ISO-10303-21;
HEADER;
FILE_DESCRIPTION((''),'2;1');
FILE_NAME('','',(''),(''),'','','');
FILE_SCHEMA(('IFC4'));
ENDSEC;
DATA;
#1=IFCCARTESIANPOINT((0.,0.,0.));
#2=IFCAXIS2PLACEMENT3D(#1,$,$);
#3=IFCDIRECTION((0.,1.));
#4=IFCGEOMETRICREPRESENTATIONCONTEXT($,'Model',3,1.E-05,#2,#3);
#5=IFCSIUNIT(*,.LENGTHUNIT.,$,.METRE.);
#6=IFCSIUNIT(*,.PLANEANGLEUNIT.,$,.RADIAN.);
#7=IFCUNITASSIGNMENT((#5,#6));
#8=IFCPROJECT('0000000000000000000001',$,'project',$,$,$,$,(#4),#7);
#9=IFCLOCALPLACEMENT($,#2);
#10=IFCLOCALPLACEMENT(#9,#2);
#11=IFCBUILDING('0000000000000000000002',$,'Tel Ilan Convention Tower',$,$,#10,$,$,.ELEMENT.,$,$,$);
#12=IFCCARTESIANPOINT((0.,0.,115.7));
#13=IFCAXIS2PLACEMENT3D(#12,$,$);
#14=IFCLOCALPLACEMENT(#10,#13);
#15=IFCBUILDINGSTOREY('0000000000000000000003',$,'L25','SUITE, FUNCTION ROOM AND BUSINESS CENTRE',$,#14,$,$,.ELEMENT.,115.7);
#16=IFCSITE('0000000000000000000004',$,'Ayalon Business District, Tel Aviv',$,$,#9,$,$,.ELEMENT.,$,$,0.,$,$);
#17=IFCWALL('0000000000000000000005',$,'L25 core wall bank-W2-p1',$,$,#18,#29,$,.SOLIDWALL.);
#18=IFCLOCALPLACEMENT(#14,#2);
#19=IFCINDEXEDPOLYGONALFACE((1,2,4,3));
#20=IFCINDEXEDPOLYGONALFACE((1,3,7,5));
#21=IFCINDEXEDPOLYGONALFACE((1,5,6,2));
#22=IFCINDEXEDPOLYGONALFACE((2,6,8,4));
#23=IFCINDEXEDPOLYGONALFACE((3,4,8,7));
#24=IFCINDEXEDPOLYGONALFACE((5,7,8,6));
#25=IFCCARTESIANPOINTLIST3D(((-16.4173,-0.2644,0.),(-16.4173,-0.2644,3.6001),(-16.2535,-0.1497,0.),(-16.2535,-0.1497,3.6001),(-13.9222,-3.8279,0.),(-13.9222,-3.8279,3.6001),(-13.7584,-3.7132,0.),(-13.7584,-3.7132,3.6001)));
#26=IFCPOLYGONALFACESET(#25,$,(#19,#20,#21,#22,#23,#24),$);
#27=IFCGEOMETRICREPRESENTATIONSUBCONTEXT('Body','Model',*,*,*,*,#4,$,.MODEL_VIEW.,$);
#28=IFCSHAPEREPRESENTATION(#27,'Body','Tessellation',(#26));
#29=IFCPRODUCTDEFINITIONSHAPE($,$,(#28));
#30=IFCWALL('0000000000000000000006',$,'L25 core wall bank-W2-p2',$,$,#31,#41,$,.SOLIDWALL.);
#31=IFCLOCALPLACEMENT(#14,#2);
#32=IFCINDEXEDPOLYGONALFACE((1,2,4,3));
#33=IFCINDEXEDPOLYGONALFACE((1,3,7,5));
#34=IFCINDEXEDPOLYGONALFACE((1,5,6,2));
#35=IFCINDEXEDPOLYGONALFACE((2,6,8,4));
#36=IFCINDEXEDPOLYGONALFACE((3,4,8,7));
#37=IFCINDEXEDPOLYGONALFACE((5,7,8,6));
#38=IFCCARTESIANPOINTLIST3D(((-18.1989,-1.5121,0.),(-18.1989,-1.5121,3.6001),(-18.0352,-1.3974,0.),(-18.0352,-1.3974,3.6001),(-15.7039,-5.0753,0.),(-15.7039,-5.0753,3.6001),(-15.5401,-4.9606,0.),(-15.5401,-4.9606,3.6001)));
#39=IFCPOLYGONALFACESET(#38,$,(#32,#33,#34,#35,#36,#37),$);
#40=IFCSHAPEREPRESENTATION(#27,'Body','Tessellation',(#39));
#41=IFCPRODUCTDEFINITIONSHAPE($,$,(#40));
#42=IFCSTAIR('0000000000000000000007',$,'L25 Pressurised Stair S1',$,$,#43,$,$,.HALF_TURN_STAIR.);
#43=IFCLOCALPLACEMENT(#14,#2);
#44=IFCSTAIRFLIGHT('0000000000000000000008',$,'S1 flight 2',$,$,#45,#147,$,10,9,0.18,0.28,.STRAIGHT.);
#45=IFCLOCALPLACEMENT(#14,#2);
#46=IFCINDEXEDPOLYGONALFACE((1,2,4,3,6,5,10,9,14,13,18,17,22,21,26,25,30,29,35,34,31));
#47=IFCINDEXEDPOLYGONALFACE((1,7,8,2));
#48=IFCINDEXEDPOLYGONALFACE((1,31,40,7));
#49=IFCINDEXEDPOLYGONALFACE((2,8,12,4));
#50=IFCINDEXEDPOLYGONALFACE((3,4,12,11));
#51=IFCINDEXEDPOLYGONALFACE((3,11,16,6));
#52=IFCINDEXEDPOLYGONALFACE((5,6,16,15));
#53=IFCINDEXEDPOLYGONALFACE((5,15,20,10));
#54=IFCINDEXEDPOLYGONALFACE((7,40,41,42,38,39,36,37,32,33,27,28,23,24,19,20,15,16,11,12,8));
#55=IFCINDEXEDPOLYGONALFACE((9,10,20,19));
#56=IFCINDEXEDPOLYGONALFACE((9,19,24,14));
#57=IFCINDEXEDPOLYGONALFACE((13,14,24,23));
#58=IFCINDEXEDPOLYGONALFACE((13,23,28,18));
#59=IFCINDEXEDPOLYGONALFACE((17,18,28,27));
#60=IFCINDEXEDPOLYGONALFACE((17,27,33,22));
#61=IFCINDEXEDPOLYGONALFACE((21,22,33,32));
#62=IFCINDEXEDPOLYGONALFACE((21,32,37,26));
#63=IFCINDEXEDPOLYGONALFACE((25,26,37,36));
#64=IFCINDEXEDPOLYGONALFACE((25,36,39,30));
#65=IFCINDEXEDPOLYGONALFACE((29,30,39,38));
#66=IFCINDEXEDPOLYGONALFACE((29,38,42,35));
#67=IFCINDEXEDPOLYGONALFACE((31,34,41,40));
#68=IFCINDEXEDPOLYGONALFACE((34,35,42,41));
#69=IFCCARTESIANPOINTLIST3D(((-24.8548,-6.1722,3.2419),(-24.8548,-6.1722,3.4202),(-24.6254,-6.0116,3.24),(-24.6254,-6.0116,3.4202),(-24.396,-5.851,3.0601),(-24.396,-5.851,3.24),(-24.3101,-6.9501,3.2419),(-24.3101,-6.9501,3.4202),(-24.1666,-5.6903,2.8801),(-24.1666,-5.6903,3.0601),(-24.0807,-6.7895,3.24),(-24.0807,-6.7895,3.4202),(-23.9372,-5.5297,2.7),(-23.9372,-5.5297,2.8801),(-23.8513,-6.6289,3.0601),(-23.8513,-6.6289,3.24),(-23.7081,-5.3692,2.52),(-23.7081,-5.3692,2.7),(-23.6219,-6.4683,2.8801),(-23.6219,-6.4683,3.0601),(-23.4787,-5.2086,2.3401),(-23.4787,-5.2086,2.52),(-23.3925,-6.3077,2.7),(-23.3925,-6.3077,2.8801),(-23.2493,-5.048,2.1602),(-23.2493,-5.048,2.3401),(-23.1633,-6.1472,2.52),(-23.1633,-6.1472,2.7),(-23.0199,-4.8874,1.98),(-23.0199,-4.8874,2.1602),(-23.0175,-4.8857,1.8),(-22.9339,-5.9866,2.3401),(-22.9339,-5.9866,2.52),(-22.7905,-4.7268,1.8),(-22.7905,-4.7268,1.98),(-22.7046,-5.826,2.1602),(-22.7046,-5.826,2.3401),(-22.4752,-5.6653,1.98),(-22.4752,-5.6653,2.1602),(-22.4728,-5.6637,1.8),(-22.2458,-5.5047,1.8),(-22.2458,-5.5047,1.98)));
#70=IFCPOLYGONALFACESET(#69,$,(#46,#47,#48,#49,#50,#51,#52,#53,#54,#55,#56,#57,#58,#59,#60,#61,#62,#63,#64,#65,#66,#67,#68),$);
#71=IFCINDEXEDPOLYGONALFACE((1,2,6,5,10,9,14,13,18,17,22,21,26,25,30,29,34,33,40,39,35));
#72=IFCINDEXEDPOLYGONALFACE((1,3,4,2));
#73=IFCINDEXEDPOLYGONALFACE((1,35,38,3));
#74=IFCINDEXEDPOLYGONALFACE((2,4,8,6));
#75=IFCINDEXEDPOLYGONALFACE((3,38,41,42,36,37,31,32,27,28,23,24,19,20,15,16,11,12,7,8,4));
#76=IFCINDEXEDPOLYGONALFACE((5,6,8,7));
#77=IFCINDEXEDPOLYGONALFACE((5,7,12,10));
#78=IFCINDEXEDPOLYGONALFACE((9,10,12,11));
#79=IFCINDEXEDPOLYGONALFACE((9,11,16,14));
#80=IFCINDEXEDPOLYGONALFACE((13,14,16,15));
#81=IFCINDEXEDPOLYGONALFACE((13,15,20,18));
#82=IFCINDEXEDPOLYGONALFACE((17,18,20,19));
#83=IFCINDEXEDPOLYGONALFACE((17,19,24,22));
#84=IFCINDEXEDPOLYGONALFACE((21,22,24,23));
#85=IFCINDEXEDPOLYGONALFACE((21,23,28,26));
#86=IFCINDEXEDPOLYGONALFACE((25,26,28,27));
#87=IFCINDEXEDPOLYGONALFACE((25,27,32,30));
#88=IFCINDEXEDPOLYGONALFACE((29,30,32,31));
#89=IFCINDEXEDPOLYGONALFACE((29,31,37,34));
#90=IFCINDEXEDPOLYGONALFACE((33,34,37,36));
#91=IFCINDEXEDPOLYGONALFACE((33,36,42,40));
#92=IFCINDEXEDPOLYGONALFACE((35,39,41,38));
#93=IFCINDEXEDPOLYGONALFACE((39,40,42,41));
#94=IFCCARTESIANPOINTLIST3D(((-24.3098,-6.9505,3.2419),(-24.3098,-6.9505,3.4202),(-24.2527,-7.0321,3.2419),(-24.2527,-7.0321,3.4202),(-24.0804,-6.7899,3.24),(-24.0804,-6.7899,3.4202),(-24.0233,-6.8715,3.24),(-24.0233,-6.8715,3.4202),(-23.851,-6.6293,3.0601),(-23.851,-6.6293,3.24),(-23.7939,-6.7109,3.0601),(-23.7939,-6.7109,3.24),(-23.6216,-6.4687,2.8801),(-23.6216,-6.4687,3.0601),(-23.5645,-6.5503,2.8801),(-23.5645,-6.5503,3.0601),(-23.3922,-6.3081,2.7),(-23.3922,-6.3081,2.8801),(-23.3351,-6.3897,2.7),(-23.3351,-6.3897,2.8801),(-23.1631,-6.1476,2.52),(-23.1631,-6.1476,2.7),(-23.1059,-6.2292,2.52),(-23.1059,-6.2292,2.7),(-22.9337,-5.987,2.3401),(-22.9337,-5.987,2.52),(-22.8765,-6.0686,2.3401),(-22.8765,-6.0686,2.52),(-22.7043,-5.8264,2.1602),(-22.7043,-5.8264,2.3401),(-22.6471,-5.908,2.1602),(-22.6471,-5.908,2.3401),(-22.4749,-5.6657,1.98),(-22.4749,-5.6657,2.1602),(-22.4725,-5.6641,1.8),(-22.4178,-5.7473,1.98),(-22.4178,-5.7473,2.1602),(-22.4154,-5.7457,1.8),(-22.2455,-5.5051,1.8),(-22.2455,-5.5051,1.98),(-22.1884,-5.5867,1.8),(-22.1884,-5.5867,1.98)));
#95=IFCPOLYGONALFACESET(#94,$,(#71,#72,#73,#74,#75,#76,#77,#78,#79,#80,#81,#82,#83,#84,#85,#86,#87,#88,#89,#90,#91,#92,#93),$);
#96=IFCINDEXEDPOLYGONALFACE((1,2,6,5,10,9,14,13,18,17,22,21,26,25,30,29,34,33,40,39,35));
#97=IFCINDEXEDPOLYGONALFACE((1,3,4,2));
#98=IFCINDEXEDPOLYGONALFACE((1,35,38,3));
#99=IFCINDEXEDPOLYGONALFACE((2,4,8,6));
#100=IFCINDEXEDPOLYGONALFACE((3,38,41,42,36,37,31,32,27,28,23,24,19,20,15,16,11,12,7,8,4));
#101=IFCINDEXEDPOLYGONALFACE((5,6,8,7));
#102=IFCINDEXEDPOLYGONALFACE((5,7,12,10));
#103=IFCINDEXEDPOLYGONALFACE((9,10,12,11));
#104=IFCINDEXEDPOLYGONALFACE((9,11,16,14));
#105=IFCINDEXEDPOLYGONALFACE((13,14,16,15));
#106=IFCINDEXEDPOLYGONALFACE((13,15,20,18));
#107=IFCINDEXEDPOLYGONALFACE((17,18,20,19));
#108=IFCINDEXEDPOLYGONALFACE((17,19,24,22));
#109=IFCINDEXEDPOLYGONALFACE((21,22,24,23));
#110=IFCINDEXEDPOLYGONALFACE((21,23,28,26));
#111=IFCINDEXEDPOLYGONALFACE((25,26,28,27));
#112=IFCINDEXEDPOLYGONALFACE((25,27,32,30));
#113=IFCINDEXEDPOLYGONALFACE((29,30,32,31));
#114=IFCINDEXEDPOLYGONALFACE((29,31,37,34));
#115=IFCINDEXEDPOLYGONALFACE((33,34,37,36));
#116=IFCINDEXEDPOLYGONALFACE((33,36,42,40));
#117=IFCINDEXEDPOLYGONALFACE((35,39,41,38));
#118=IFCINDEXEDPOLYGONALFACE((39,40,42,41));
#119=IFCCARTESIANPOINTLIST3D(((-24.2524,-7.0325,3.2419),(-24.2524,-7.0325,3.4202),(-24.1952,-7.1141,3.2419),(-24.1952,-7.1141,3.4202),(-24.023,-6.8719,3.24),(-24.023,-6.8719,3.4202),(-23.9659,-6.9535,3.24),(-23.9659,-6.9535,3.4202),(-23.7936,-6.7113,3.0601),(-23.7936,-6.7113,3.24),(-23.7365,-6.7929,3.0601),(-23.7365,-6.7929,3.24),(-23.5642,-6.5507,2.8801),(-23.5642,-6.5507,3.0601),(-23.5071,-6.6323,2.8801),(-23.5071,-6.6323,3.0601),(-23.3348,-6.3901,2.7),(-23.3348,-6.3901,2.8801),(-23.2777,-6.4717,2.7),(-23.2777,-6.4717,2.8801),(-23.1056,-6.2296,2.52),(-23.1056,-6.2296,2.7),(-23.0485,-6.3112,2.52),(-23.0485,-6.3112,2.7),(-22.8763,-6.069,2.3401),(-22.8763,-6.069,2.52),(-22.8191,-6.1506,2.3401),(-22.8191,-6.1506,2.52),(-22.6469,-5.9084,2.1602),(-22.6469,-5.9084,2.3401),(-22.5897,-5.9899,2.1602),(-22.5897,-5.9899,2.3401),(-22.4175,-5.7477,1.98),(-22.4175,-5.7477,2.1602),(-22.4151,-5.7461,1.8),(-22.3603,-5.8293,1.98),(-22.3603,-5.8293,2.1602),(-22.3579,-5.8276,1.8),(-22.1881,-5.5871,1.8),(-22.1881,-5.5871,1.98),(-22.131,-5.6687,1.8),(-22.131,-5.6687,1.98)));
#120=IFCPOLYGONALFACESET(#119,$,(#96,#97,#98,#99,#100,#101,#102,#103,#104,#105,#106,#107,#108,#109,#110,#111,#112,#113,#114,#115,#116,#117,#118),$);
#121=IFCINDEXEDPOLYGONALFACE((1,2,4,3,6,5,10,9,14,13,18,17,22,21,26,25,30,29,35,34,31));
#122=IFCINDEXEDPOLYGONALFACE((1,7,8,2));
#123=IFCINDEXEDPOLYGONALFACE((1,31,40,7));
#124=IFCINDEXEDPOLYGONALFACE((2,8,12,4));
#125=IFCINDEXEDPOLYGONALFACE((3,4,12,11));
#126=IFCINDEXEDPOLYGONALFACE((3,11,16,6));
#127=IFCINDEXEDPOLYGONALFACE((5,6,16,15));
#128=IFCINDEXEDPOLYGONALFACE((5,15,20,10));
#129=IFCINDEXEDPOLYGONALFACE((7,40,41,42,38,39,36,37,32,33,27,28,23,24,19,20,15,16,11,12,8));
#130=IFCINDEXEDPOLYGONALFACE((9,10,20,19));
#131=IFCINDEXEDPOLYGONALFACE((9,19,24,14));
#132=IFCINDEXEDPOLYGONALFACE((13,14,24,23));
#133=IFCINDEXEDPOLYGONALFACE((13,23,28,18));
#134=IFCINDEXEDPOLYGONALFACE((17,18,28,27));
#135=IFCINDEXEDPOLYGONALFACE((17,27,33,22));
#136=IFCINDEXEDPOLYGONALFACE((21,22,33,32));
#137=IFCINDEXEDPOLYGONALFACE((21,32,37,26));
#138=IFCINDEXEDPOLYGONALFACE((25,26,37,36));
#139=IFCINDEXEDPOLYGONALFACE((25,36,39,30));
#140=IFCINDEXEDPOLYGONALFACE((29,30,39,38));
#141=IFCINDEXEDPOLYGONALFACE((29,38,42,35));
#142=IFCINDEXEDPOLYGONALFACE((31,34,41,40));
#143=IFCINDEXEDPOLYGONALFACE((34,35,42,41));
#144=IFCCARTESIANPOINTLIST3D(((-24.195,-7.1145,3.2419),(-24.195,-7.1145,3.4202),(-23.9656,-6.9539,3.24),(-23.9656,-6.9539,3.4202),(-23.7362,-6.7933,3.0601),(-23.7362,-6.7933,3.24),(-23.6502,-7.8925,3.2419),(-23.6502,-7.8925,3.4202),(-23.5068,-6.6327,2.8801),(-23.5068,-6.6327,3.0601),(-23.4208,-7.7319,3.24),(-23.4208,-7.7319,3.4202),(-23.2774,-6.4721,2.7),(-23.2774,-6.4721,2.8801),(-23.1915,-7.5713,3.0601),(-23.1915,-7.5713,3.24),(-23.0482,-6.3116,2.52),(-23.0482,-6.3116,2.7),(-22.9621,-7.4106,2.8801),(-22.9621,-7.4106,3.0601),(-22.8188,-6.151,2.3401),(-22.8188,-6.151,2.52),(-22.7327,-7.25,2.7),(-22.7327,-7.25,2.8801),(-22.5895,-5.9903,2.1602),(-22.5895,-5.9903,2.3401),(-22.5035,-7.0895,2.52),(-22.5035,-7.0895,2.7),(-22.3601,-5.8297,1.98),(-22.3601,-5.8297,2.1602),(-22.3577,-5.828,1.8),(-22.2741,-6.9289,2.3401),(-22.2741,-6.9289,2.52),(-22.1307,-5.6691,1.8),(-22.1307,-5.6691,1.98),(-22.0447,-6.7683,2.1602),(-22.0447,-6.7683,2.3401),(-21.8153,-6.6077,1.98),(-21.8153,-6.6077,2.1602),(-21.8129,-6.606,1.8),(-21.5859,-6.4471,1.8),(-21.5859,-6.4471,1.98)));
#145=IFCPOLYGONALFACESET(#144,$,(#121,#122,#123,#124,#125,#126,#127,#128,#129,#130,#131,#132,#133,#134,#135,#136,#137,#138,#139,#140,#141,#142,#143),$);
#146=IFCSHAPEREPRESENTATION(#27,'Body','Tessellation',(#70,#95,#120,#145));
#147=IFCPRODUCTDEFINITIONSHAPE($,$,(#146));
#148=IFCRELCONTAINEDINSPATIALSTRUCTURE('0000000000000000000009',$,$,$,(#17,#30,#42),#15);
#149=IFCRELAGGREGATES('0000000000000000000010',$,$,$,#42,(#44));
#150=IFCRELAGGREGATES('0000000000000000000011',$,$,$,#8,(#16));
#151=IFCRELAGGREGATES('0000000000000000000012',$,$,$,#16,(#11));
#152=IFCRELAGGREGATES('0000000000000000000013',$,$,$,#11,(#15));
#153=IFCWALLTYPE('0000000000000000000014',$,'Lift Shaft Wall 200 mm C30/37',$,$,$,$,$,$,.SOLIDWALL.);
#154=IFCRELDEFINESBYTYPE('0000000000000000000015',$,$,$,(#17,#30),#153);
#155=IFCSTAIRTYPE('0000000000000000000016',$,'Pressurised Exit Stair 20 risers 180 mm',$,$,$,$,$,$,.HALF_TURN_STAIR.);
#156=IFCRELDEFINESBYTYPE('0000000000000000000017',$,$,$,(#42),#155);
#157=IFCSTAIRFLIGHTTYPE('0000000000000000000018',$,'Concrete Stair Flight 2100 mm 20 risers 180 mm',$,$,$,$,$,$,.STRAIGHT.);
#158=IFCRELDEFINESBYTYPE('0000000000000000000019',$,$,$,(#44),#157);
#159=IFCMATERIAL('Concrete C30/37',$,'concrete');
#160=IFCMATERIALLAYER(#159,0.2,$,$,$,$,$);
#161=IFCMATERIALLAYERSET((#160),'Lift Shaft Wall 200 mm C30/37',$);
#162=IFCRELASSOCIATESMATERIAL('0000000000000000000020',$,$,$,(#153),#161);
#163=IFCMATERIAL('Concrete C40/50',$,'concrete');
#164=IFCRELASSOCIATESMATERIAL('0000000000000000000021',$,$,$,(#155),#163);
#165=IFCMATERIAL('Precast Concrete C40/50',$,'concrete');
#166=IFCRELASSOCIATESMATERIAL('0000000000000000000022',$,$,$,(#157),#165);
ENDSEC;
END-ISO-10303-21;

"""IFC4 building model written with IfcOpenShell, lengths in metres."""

from ifc_helpers import new_model, si_unit, direction, frame, frame_2d, origin, place, context, subcontext, project, spatial, polyline, rectangle, outline, extrude, material, layer, layer_set, type_object, element, aggregate, save


model = new_model("IFC4")

# Units and contexts
model_context = context("Model", 3, precision=1e-05, world=origin(), true_north=direction((0.0, 1.0)))
body_context = subcontext(model_context, "Body", "Model", "MODEL_VIEW")
ifc_project = project(units=[si_unit("LENGTHUNIT", "METRE"), si_unit("PLANEANGLEUNIT", "RADIAN")], contexts=[model_context])

# Site, building, storey
site_placement = place(None, origin())
site = spatial("IfcSite", under=ifc_project, at=site_placement, Name="Ayalon Business District, Tel Aviv", CompositionType="ELEMENT", RefElevation=0.0)
building_placement = place(site_placement, origin())
building = spatial("IfcBuilding", under=site, at=building_placement, Name="Tel Ilan Convention Tower", CompositionType="ELEMENT")
storey_placement = place(building_placement, frame((0.0, 0.0, 115.7)))
storey = spatial("IfcBuildingStorey", under=building, at=storey_placement, Name="L25", Description="SUITE, FUNCTION ROOM AND BUSINESS CENTRE", CompositionType="ELEMENT", Elevation=115.7)

# Walls
ifc_material_1 = material(Name="Concrete C30/37", Category="concrete")
ifc_layer_1 = layer(ifc_material_1, 0.2)
ifc_layer_set_1 = layer_set([ifc_layer_1], Name="Lift Shaft Wall 200 mm C30/37")
wall_type_1 = type_object("IfcWallType", Name="Lift Shaft Wall 200 mm C30/37", PredefinedType="SOLIDWALL", material=ifc_layer_set_1)
wall_1_placement = place(storey_placement, frame((-13.8403, -3.7705, 0.0), z_axis=(0.0, 0.0, 1.0), x_axis=(-0.573568, 0.819158, 0.0)))
element("IfcWall", 1, at=wall_1_placement, inside=storey, type_object=wall_type_1, Name="L25 core wall bank-W2-p1", PredefinedType="SOLIDWALL", context=body_context, shape_type="SweptSolid", body=[
    extrude(rectangle(XDim=4.3501, YDim=0.2, at=frame_2d((2.175, 0.0))), origin(), (0.0, 0.0, 1.0), 3.6001),
])
wall_2_placement = place(storey_placement, frame((-15.6221, -5.0178, 0.0), z_axis=(0.0, 0.0, 1.0), x_axis=(-0.573594, 0.81914, 0.0)))
element("IfcWall", 2, at=wall_2_placement, inside=storey, type_object=wall_type_1, Name="L25 core wall bank-W2-p2", PredefinedType="SOLIDWALL", context=body_context, shape_type="SweptSolid", body=[
    extrude(rectangle(XDim=4.3499, YDim=0.2, at=frame_2d((2.1748, 0.0))), origin(), (0.0, 0.0, 1.0), 3.6001),
])

# Stair, stair flight
ifc_material_2 = material(Name="Concrete C40/50", Category="concrete")
stair_type = type_object("IfcStairType", Name="Pressurised Exit Stair 20 risers 180 mm", PredefinedType="HALF_TURN_STAIR", material=ifc_material_2)
stair_1_placement = place(storey_placement, origin())
stair_1 = element("IfcStair", 3, at=stair_1_placement, inside=storey, type_object=stair_type, Name="L25 Pressurised Stair S1", PredefinedType="HALF_TURN_STAIR")
ifc_material_3 = material(Name="Precast Concrete C40/50", Category="concrete")
stair_flight_type = type_object("IfcStairFlightType", Name="Concrete Stair Flight 2100 mm 20 risers 180 mm", PredefinedType="STRAIGHT", material=ifc_material_3)
stair_flight_1_placement = place(storey_placement, frame((-22.1882, -5.5869, 1.8), z_axis=(0.0, 0.0, 1.0), x_axis=(-0.819152, -0.573576, 0.0)))
stair_flight_1 = element("IfcStairFlight", 4, at=stair_flight_1_placement, type_object=stair_flight_type, Name="S1 flight 2", NumberOfRisers=10, NumberOfTreads=9, PredefinedType="STRAIGHT", RiserHeight=0.18, TreadLength=0.28, context=body_context, shape_type="SweptSolid", body=[
    extrude(outline(polyline([(0.0, 0.0), (0.0, 0.1799), (0.28, 0.1799), (0.28, 0.3601), (0.5601, 0.3601), (0.5601, 0.54), (0.8401, 0.54), (0.8401, 0.72), (1.1201, 0.72), (1.1201, 0.8999), (1.3999, 0.8999), (1.3999, 1.0801), (1.6799, 1.0801), (1.6799, 1.26), (1.96, 1.26), (1.96, 1.4399), (2.24, 1.4399), (2.24, 1.6201), (2.52, 1.6201), (2.52, 1.8), (2.52, 1.4419), (0.2771, 0.0), (0.0, 0.0)])), frame((0.0, -0.1003, 0.0), z_axis=(0.0, -1.0, 0.0), x_axis=(1.0, 0.0, 0.0)), (0.0, 0.0, 1.0), 0.9497),
    extrude(outline(polyline([(0.0, 0.0), (0.0, 0.1799), (0.28, 0.1799), (0.28, 0.3601), (0.5601, 0.3601), (0.5601, 0.54), (0.8401, 0.54), (0.8401, 0.72), (1.1201, 0.72), (1.1201, 0.8999), (1.3999, 0.8999), (1.3999, 1.0801), (1.6799, 1.0801), (1.6799, 1.26), (1.96, 1.26), (1.96, 1.4399), (2.24, 1.4399), (2.24, 1.6201), (2.52, 1.6201), (2.52, 1.8), (2.52, 1.4419), (0.2771, 0.0), (0.0, 0.0)])), frame((0.0, -0.0002, 0.0), z_axis=(0.0, -1.0, 0.0), x_axis=(1.0, 0.0, 0.0)), (0.0, 0.0, 1.0), 0.0996),
    extrude(outline(polyline([(0.0, 0.0), (0.0, 0.1799), (0.28, 0.1799), (0.28, 0.3601), (0.5601, 0.3601), (0.5601, 0.54), (0.8401, 0.54), (0.8401, 0.72), (1.1201, 0.72), (1.1201, 0.8999), (1.3999, 0.8999), (1.3999, 1.0801), (1.6799, 1.0801), (1.6799, 1.26), (1.96, 1.26), (1.96, 1.4399), (2.24, 1.4399), (2.24, 1.6201), (2.52, 1.6201), (2.52, 1.8), (2.52, 1.4419), (0.2771, 0.0), (0.0, 0.0)])), frame((0.0, 0.0999, 0.0), z_axis=(0.0, -1.0, 0.0), x_axis=(1.0, 0.0, 0.0)), (0.0, 0.0, 1.0), 0.0996),
    extrude(outline(polyline([(0.0, 0.0), (0.0, 0.1799), (0.28, 0.1799), (0.28, 0.3601), (0.5601, 0.3601), (0.5601, 0.54), (0.8401, 0.54), (0.8401, 0.72), (1.1201, 0.72), (1.1201, 0.8999), (1.3999, 0.8999), (1.3999, 1.0801), (1.6799, 1.0801), (1.6799, 1.26), (1.96, 1.26), (1.96, 1.4399), (2.24, 1.4399), (2.24, 1.6201), (2.52, 1.6201), (2.52, 1.8), (2.52, 1.4419), (0.2771, 0.0), (0.0, 0.0)])), frame((0.0, 1.05, 0.0), z_axis=(0.0, -1.0, 0.0), x_axis=(1.0, 0.0, 0.0)), (0.0, 0.0, 1.0), 0.9497),
])
aggregate(stair_1, [stair_flight_1])

save(model, "model.ifc")
